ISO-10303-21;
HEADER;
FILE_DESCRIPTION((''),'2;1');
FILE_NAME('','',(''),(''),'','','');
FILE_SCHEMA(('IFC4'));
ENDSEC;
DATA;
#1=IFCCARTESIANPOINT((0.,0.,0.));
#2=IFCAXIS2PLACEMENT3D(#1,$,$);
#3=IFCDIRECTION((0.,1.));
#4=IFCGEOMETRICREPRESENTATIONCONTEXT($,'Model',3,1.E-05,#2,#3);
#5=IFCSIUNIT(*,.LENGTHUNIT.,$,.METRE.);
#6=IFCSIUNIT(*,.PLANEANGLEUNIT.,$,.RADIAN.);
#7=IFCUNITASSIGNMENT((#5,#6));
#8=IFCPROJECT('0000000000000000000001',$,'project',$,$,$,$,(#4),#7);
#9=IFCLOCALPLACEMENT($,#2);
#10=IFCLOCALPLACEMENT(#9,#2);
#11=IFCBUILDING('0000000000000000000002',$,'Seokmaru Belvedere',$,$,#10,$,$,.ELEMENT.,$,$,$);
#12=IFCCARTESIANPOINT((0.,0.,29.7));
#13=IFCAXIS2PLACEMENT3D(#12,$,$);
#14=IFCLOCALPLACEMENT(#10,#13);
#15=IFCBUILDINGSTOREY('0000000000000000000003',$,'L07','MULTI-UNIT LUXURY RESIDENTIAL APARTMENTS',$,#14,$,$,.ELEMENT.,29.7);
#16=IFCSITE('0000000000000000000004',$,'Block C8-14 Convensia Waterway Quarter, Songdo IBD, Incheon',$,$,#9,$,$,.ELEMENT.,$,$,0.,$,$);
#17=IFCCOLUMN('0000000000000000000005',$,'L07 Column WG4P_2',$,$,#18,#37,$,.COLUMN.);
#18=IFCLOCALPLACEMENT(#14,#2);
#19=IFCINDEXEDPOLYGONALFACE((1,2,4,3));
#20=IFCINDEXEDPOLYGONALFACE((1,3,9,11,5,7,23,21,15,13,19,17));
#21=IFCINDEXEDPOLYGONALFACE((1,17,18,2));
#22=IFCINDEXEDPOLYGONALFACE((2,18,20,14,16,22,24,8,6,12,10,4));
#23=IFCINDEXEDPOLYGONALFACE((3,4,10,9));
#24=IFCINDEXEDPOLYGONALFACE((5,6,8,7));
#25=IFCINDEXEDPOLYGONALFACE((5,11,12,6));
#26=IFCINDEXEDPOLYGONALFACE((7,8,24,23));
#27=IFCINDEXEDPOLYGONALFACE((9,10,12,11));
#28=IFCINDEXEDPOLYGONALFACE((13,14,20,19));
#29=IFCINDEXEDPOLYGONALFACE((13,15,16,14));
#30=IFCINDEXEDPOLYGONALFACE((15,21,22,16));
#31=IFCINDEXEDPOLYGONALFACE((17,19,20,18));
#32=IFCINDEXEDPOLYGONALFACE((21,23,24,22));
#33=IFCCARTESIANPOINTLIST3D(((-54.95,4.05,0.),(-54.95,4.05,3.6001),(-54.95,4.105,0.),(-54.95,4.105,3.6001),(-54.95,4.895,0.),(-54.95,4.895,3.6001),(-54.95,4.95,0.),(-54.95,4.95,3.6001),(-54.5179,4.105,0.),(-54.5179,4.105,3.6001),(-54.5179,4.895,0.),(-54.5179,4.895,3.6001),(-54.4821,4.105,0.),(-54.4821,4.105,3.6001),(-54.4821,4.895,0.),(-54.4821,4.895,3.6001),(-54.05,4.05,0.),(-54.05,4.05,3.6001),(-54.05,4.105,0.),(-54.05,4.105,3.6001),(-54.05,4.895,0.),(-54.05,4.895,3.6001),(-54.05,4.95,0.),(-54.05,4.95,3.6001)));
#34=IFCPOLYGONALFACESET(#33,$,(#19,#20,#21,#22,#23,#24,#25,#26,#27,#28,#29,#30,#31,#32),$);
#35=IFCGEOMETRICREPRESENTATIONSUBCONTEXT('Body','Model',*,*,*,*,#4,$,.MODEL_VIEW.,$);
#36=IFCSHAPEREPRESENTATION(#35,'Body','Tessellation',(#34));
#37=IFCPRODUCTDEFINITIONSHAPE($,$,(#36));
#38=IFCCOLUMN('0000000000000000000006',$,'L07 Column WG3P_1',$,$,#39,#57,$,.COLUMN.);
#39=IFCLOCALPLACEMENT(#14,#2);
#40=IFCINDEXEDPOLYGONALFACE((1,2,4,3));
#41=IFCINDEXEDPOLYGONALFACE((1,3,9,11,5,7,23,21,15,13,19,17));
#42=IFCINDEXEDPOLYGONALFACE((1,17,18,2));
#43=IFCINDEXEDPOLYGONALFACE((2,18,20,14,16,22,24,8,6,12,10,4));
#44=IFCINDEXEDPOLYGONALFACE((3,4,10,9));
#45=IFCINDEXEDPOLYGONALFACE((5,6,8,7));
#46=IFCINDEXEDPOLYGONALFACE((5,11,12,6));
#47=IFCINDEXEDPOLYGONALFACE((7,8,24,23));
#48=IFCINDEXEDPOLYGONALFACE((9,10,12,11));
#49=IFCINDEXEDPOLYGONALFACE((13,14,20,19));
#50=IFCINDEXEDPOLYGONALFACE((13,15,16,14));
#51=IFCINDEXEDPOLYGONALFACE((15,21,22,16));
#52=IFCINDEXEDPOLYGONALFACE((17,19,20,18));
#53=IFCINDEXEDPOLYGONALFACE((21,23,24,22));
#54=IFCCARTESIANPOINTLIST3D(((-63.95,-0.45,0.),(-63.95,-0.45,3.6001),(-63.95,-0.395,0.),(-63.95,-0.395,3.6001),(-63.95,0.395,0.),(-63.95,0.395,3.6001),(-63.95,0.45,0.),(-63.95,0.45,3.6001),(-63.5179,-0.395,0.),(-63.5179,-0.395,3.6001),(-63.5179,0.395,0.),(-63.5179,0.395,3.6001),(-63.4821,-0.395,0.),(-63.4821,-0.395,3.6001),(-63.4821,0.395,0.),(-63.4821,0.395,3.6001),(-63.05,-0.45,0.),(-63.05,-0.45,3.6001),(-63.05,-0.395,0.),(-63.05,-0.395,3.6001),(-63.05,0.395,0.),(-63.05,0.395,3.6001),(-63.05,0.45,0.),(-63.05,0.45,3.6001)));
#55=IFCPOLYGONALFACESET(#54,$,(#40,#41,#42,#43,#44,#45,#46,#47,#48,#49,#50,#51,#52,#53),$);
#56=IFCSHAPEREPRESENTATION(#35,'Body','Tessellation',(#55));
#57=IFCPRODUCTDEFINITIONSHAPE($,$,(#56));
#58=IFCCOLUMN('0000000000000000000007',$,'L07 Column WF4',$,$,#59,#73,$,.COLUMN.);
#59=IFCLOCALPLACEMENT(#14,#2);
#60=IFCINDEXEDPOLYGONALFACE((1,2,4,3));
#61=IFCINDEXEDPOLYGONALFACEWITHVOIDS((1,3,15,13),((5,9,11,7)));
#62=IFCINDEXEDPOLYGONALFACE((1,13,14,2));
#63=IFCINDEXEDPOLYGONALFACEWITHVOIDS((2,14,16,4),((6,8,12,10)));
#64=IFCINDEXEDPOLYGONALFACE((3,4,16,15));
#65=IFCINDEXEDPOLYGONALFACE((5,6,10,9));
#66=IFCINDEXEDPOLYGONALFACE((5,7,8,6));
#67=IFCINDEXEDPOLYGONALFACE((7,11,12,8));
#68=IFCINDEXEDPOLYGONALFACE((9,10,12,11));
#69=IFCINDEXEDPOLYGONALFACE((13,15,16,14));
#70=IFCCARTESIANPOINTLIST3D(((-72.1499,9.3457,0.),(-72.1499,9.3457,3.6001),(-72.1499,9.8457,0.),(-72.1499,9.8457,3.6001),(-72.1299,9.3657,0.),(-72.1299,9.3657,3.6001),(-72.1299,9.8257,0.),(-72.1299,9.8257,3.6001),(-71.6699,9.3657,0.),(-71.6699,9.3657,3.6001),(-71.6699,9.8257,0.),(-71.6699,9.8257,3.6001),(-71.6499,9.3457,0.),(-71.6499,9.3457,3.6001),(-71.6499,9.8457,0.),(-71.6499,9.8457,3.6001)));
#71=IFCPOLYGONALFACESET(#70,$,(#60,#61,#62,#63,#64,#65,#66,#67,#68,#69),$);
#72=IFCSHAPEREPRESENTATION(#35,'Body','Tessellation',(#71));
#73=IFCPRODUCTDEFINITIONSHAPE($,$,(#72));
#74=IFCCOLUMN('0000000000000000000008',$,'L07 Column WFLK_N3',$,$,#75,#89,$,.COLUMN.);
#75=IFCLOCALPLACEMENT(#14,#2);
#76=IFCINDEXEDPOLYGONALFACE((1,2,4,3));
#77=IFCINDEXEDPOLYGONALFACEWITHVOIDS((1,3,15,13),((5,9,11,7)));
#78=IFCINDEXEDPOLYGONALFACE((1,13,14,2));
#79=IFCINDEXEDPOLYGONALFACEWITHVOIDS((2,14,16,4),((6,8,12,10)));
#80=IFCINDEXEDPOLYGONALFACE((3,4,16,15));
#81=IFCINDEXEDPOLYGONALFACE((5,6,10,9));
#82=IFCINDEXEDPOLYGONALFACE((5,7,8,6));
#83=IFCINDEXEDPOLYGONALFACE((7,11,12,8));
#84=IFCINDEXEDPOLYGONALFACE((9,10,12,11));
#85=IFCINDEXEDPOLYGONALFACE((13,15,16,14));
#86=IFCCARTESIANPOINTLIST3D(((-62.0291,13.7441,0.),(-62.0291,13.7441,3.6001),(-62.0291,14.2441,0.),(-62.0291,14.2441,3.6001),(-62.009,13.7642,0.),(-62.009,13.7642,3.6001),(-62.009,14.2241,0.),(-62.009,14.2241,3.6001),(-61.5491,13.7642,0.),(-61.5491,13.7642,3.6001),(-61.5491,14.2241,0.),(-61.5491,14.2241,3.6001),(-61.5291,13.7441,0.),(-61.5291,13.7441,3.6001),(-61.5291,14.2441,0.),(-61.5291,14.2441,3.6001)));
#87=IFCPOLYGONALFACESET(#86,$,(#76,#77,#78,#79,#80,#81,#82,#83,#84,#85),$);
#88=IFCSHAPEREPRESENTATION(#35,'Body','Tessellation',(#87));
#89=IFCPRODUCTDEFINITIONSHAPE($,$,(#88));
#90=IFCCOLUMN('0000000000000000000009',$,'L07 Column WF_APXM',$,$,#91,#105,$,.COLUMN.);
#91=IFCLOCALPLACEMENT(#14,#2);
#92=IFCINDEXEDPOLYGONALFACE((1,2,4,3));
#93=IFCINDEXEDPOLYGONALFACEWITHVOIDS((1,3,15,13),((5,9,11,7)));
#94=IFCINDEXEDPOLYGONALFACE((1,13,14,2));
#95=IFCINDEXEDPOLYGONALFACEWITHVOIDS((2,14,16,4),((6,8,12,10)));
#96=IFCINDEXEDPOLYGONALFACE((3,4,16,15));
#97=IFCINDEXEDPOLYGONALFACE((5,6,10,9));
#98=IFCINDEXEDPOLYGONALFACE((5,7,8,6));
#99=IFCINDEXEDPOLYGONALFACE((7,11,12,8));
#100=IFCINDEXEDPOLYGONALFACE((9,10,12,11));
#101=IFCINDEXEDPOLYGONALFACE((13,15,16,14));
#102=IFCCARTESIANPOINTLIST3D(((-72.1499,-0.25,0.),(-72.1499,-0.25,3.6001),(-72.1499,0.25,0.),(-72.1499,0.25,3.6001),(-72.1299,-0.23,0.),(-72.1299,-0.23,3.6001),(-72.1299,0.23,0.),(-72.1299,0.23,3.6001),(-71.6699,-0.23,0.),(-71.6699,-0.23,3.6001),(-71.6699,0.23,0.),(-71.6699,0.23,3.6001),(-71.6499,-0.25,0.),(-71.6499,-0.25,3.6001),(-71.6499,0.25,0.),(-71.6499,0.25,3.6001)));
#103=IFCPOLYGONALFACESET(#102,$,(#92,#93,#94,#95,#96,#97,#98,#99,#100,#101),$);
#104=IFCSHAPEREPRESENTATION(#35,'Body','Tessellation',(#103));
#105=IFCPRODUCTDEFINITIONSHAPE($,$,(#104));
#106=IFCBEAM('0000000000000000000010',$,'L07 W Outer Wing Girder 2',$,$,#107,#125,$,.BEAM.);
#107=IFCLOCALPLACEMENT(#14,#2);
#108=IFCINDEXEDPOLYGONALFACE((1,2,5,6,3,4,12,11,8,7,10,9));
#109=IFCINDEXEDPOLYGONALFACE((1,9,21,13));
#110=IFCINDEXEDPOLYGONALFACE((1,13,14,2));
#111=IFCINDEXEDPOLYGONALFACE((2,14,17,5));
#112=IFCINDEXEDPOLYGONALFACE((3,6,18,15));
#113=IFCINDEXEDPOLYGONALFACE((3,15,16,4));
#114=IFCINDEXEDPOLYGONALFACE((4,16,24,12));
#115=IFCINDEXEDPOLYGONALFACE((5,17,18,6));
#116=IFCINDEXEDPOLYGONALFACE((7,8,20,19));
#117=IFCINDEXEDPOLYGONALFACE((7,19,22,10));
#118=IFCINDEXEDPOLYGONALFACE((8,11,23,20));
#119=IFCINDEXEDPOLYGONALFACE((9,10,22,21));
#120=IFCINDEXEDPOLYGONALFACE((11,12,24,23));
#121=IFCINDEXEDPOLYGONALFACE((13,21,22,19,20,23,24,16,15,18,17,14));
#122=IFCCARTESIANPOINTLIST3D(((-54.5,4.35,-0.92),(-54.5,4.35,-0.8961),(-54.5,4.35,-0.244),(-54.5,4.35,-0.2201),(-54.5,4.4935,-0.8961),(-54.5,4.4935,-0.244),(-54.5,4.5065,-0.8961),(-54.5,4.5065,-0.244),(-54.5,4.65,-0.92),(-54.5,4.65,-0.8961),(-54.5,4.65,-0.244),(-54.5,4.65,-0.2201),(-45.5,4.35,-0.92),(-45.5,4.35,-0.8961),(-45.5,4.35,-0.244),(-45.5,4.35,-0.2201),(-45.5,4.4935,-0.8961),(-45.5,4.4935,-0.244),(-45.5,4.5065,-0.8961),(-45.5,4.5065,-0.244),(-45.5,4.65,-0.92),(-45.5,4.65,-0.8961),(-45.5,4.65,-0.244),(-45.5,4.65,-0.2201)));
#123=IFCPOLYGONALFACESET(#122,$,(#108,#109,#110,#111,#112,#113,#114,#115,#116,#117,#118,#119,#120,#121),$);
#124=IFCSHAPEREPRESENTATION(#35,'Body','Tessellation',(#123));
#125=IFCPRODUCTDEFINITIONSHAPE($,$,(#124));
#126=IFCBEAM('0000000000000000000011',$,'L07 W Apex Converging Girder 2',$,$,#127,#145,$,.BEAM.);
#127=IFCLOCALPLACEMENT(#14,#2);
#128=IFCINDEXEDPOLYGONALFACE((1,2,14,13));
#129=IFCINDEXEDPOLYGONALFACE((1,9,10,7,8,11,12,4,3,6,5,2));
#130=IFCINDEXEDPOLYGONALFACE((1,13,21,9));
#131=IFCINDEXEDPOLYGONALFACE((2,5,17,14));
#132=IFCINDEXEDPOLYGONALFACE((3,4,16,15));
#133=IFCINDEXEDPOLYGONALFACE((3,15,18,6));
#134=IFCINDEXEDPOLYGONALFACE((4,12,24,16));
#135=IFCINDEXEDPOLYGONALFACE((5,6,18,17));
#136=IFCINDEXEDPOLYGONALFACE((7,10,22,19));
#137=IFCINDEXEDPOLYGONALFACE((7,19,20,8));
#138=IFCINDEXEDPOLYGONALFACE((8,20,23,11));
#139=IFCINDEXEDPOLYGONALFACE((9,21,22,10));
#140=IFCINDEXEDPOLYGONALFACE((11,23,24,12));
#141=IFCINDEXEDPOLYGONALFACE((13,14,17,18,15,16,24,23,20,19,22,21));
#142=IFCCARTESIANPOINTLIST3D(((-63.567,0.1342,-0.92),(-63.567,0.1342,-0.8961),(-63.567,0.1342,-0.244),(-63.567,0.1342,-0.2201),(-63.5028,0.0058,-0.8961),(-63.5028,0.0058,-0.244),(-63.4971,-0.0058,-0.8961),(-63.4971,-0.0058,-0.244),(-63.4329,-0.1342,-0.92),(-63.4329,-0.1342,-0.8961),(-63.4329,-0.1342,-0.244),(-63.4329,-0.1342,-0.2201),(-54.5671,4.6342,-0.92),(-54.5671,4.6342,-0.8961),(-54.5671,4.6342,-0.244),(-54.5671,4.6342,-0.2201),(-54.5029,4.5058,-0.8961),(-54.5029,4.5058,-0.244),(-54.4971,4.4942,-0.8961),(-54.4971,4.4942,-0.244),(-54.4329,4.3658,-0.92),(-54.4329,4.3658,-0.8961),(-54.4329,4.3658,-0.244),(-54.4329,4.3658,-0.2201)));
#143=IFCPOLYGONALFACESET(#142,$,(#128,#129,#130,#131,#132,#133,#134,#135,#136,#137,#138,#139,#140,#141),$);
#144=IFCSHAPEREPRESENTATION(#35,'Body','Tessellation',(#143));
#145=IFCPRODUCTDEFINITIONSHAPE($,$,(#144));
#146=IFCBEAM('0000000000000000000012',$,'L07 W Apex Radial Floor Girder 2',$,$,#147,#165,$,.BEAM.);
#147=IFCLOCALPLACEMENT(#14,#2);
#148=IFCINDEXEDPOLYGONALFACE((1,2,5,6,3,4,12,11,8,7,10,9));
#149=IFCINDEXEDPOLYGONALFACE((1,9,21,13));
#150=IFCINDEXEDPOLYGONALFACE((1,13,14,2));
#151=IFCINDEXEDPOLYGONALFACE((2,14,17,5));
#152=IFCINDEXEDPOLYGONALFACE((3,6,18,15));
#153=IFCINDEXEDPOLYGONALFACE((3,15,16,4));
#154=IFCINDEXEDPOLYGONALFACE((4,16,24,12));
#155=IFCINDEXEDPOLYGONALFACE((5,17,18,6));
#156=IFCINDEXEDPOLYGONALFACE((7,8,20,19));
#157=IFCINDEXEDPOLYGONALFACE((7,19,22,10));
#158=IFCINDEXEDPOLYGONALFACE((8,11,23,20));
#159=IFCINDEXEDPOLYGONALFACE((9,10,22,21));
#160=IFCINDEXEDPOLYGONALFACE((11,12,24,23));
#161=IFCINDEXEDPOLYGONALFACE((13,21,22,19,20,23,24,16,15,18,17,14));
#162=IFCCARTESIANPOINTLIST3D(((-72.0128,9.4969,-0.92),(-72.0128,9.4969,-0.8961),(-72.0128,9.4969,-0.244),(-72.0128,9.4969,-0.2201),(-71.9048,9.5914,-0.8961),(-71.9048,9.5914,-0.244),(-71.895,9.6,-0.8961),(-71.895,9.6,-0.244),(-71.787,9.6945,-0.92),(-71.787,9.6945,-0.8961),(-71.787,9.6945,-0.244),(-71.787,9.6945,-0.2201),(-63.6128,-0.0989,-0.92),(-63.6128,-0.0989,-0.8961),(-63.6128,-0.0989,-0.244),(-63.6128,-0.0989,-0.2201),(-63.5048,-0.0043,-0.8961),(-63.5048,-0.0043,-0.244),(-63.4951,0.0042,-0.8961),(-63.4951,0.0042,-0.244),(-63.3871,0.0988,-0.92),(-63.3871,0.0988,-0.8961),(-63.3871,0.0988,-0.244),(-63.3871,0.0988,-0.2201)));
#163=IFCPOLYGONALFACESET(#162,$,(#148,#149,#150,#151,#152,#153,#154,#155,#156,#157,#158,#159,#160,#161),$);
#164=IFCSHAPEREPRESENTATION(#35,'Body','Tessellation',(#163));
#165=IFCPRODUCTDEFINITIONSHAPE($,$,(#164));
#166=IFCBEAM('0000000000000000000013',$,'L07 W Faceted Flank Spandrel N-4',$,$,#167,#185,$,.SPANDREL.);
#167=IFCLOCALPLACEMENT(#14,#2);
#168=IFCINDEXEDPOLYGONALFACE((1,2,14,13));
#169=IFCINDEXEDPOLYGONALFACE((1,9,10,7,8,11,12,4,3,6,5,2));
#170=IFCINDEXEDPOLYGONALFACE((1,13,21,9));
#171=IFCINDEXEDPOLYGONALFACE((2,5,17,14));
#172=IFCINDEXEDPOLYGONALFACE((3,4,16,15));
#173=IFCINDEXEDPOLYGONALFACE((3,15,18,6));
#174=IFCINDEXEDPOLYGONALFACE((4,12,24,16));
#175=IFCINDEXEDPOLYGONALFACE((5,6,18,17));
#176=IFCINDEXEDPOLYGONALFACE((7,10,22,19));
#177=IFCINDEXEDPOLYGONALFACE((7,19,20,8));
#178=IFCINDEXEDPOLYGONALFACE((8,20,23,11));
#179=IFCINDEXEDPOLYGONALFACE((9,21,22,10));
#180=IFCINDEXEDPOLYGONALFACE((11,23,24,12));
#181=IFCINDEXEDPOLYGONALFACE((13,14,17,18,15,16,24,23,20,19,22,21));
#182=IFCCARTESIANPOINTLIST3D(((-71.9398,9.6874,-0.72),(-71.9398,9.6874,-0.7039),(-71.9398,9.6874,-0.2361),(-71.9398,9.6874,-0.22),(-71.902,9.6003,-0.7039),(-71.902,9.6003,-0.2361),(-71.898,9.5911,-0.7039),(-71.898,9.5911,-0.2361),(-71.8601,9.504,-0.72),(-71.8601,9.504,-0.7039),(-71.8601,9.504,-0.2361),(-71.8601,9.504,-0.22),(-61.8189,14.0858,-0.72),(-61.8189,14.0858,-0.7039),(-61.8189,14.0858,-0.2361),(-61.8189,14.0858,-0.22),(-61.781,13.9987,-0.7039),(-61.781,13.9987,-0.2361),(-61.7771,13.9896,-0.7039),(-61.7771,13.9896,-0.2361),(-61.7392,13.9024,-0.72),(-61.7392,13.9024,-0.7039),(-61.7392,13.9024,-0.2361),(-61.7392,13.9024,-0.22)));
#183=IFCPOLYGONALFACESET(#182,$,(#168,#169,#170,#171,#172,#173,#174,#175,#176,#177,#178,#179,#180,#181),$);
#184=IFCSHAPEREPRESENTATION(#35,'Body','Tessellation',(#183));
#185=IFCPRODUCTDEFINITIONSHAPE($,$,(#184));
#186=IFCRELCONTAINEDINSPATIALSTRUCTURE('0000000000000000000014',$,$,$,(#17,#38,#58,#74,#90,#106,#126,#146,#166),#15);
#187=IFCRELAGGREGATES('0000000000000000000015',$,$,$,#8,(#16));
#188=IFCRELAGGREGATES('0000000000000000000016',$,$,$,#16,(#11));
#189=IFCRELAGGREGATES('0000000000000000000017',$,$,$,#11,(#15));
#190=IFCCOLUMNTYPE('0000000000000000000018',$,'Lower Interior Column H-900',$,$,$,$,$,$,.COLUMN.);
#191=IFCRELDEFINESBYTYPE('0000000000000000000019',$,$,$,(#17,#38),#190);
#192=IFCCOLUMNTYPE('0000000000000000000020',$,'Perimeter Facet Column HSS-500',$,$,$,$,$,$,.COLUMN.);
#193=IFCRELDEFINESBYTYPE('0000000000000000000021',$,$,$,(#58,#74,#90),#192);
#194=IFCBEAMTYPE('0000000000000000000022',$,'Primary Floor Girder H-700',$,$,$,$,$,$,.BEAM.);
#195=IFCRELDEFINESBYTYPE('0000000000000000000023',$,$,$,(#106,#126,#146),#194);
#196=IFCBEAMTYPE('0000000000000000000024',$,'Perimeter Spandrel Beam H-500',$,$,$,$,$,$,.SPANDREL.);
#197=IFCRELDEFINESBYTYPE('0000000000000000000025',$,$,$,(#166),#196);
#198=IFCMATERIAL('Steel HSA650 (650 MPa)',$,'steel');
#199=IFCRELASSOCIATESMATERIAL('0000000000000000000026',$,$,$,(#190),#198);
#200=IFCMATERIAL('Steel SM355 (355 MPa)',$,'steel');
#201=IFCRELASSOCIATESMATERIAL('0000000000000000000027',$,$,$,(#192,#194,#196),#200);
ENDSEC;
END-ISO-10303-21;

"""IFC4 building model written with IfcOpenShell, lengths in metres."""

from ifc_helpers import new_model, si_unit, direction, frame, origin, origin_2d, place, context, subcontext, project, spatial, hollow_rectangle, i_section, extrude, source, transform, mapped, material, material_profile, profile_set, type_object, type_shapes, element, save


model = new_model("IFC4")

# Units and contexts
model_context = context("Model", 3, precision=1e-05, world=origin(), true_north=direction((0.0, 1.0)))
body_context = subcontext(model_context, "Body", "Model", "MODEL_VIEW")
ifc_project = project(units=[si_unit("LENGTHUNIT", "METRE"), si_unit("PLANEANGLEUNIT", "RADIAN")], contexts=[model_context])

# Site, building, storey
site_placement = place(None, origin())
site = spatial("IfcSite", under=ifc_project, at=site_placement, Name="Block C8-14 Convensia Waterway Quarter, Songdo IBD, Incheon", CompositionType="ELEMENT", RefElevation=0.0)
building_placement = place(site_placement, origin())
building = spatial("IfcBuilding", under=site, at=building_placement, Name="Seokmaru Belvedere", CompositionType="ELEMENT")
storey_placement = place(building_placement, frame((0.0, 0.0, 29.7)))
storey = spatial("IfcBuildingStorey", under=building, at=storey_placement, Name="L07", Description="MULTI-UNIT LUXURY RESIDENTIAL APARTMENTS", CompositionType="ELEMENT", Elevation=29.7)

# Columns
ifc_material_1 = material(Name="Steel HSA650 (650 MPa)", Category="steel")
ifc_material_profile_1 = material_profile(ifc_material_1, i_section(OverallWidth=0.8999, OverallDepth=0.8999, WebThickness=0.0359, FlangeThickness=0.0549, at=origin_2d()), Name="H-900x900x36x55")
ifc_profile_set_1 = profile_set([ifc_material_profile_1], Name="Steel HSA650 (650 MPa)")
column_type_1 = type_object("IfcColumnType", Name="Lower Interior Column H-900", PredefinedType="COLUMN", material=ifc_profile_set_1)
shared_shape_1 = source(origin(), body_context, "Body", "SweptSolid", [
    extrude(i_section(OverallWidth=0.8999, OverallDepth=0.8999, WebThickness=0.0359, FlangeThickness=0.0549, at=origin_2d()), origin(), (0.0, 0.0, 1.0), 3.6001),
])
type_shapes(column_type_1, [shared_shape_1])
for number, where, z_axis, x_axis, name in (
    (1, (-54.5, 4.5, 0.0), (0.0, 0.0, 1.0), (1.0, 0.0, 0.0), "L07 Column WG4P_2"),
    (2, (-63.5, 0.0, 0.0), (0.0, 0.0, 1.0), (1.0, 0.0, 0.0), "L07 Column WG3P_1"),
):
    element("IfcColumn", number, at=place(storey_placement, frame(where, z_axis=z_axis, x_axis=x_axis)), inside=storey, type_object=column_type_1, Name=name, PredefinedType="COLUMN", context=body_context, shape_type="MappedRepresentation", body=[
        mapped(shared_shape_1, transform((0.0, 0.0, 0.0), scale=1.0)),
    ])
ifc_material_2 = material(Name="Steel SM355 (355 MPa)", Category="steel")
ifc_material_profile_2 = material_profile(ifc_material_2, hollow_rectangle(XDim=0.5, YDim=0.5, WallThickness=0.02, at=origin_2d()), Name="HSS-500x500x20")
ifc_profile_set_2 = profile_set([ifc_material_profile_2], Name="Steel SM355 (355 MPa)")
column_type_2 = type_object("IfcColumnType", Name="Perimeter Facet Column HSS-500", PredefinedType="COLUMN", material=ifc_profile_set_2)
shared_shape_2 = source(origin(), body_context, "Body", "SweptSolid", [
    extrude(hollow_rectangle(XDim=0.5, YDim=0.5, WallThickness=0.02, at=origin_2d()), origin(), (0.0, 0.0, 1.0), 3.6001),
])
type_shapes(column_type_2, [shared_shape_2])
for number, where, z_axis, x_axis, name in (
    (3, (-71.8999, 9.5957, 0.0), (0.0, 0.0, 1.0), (1.0, 0.0, 0.0), "L07 Column WF4"),
    (4, (-61.7791, 13.9941, 0.0), (0.0, 0.0, 1.0), (1.0, 0.0, 0.0), "L07 Column WFLK_N3"),
    (5, (-71.8999, 0.0, 0.0), (0.0, 0.0, 1.0), (1.0, 0.0, 0.0), "L07 Column WF_APXM"),
):
    element("IfcColumn", number, at=place(storey_placement, frame(where, z_axis=z_axis, x_axis=x_axis)), inside=storey, type_object=column_type_2, Name=name, PredefinedType="COLUMN", context=body_context, shape_type="MappedRepresentation", body=[
        mapped(shared_shape_2, transform((0.0, 0.0, 0.0), scale=1.0)),
    ])

# Beams
ifc_material_profile_3 = material_profile(ifc_material_2, i_section(OverallWidth=0.3, OverallDepth=0.7, WebThickness=0.0129, FlangeThickness=0.0239, at=origin_2d()), Name="H-700x300x13x24")
ifc_profile_set_3 = profile_set([ifc_material_profile_3], Name="Steel SM355 (355 MPa)")
beam_type_1 = type_object("IfcBeamType", Name="Primary Floor Girder H-700", PredefinedType="BEAM", material=ifc_profile_set_3)
shared_shape_3 = source(origin(), body_context, "Body", "SweptSolid", [
    extrude(i_section(OverallWidth=0.3, OverallDepth=0.7, WebThickness=0.0129, FlangeThickness=0.0239, at=origin_2d()), origin(), (0.0, 0.0, 1.0), 9.0),
])
beam_1_placement = place(storey_placement, frame((-54.5, 4.5, -0.5701), z_axis=(1.0, 0.0, 0.0), x_axis=(0.0, 1.0, 0.0)))
element("IfcBeam", 6, at=beam_1_placement, inside=storey, type_object=beam_type_1, Name="L07 W Outer Wing Girder 2", PredefinedType="BEAM", context=body_context, shape_type="MappedRepresentation", body=[
    mapped(shared_shape_3, transform((0.0, 0.0, 0.0), scale=1.0)),
])
shared_shape_4 = source(origin(), body_context, "Body", "SweptSolid", [
    extrude(i_section(OverallWidth=0.3, OverallDepth=0.7, WebThickness=0.0129, FlangeThickness=0.0239, at=origin_2d()), origin(), (0.0, 0.0, 1.0), 10.0623),
])
beam_2_placement = place(storey_placement, frame((-54.5, 4.5, -0.5701), z_axis=(-0.894427, -0.447214, 0.0), x_axis=(0.447214, -0.894427, 0.0)))
element("IfcBeam", 7, at=beam_2_placement, inside=storey, type_object=beam_type_1, Name="L07 W Apex Converging Girder 2", PredefinedType="BEAM", context=body_context, shape_type="MappedRepresentation", body=[
    mapped(shared_shape_4, transform((0.0, 0.0, 0.0), scale=1.0)),
])
shared_shape_5 = source(origin(), body_context, "Body", "SweptSolid", [
    extrude(i_section(OverallWidth=0.3, OverallDepth=0.7, WebThickness=0.0129, FlangeThickness=0.0239, at=origin_2d()), origin(), (0.0, 0.0, 1.0), 12.7529),
])
beam_3_placement = place(storey_placement, frame((-71.8999, 9.5957, -0.5701), z_axis=(0.658667, -0.752434, 0.0), x_axis=(0.752434, 0.658667, 0.0)))
element("IfcBeam", 8, at=beam_3_placement, inside=storey, type_object=beam_type_1, Name="L07 W Apex Radial Floor Girder 2", PredefinedType="BEAM", context=body_context, shape_type="MappedRepresentation", body=[
    mapped(shared_shape_5, transform((0.0, 0.0, 0.0), scale=1.0)),
])
ifc_material_profile_4 = material_profile(ifc_material_2, i_section(OverallWidth=0.2, OverallDepth=0.5, WebThickness=0.01, FlangeThickness=0.0161, at=origin_2d()), Name="H-500x200x10x16")
ifc_profile_set_4 = profile_set([ifc_material_profile_4], Name="Steel SM355 (355 MPa)")
beam_type_2 = type_object("IfcBeamType", Name="Perimeter Spandrel Beam H-500", PredefinedType="SPANDREL", material=ifc_profile_set_4)
shared_shape_6 = source(origin(), body_context, "Body", "SweptSolid", [
    extrude(i_section(OverallWidth=0.2, OverallDepth=0.5, WebThickness=0.01, FlangeThickness=0.0161, at=origin_2d()), origin(), (0.0, 0.0, 1.0), 11.0354),
])
beam_4_placement = place(storey_placement, frame((-61.7791, 13.9941, -0.47), z_axis=(-0.917134, -0.398579, 0.0), x_axis=(0.398579, -0.917134, 0.0)))
element("IfcBeam", 9, at=beam_4_placement, inside=storey, type_object=beam_type_2, Name="L07 W Faceted Flank Spandrel N-4", PredefinedType="SPANDREL", context=body_context, shape_type="MappedRepresentation", body=[
    mapped(shared_shape_6, transform((0.0, 0.0, 0.0), scale=1.0)),
])

save(model, "model.ifc")
